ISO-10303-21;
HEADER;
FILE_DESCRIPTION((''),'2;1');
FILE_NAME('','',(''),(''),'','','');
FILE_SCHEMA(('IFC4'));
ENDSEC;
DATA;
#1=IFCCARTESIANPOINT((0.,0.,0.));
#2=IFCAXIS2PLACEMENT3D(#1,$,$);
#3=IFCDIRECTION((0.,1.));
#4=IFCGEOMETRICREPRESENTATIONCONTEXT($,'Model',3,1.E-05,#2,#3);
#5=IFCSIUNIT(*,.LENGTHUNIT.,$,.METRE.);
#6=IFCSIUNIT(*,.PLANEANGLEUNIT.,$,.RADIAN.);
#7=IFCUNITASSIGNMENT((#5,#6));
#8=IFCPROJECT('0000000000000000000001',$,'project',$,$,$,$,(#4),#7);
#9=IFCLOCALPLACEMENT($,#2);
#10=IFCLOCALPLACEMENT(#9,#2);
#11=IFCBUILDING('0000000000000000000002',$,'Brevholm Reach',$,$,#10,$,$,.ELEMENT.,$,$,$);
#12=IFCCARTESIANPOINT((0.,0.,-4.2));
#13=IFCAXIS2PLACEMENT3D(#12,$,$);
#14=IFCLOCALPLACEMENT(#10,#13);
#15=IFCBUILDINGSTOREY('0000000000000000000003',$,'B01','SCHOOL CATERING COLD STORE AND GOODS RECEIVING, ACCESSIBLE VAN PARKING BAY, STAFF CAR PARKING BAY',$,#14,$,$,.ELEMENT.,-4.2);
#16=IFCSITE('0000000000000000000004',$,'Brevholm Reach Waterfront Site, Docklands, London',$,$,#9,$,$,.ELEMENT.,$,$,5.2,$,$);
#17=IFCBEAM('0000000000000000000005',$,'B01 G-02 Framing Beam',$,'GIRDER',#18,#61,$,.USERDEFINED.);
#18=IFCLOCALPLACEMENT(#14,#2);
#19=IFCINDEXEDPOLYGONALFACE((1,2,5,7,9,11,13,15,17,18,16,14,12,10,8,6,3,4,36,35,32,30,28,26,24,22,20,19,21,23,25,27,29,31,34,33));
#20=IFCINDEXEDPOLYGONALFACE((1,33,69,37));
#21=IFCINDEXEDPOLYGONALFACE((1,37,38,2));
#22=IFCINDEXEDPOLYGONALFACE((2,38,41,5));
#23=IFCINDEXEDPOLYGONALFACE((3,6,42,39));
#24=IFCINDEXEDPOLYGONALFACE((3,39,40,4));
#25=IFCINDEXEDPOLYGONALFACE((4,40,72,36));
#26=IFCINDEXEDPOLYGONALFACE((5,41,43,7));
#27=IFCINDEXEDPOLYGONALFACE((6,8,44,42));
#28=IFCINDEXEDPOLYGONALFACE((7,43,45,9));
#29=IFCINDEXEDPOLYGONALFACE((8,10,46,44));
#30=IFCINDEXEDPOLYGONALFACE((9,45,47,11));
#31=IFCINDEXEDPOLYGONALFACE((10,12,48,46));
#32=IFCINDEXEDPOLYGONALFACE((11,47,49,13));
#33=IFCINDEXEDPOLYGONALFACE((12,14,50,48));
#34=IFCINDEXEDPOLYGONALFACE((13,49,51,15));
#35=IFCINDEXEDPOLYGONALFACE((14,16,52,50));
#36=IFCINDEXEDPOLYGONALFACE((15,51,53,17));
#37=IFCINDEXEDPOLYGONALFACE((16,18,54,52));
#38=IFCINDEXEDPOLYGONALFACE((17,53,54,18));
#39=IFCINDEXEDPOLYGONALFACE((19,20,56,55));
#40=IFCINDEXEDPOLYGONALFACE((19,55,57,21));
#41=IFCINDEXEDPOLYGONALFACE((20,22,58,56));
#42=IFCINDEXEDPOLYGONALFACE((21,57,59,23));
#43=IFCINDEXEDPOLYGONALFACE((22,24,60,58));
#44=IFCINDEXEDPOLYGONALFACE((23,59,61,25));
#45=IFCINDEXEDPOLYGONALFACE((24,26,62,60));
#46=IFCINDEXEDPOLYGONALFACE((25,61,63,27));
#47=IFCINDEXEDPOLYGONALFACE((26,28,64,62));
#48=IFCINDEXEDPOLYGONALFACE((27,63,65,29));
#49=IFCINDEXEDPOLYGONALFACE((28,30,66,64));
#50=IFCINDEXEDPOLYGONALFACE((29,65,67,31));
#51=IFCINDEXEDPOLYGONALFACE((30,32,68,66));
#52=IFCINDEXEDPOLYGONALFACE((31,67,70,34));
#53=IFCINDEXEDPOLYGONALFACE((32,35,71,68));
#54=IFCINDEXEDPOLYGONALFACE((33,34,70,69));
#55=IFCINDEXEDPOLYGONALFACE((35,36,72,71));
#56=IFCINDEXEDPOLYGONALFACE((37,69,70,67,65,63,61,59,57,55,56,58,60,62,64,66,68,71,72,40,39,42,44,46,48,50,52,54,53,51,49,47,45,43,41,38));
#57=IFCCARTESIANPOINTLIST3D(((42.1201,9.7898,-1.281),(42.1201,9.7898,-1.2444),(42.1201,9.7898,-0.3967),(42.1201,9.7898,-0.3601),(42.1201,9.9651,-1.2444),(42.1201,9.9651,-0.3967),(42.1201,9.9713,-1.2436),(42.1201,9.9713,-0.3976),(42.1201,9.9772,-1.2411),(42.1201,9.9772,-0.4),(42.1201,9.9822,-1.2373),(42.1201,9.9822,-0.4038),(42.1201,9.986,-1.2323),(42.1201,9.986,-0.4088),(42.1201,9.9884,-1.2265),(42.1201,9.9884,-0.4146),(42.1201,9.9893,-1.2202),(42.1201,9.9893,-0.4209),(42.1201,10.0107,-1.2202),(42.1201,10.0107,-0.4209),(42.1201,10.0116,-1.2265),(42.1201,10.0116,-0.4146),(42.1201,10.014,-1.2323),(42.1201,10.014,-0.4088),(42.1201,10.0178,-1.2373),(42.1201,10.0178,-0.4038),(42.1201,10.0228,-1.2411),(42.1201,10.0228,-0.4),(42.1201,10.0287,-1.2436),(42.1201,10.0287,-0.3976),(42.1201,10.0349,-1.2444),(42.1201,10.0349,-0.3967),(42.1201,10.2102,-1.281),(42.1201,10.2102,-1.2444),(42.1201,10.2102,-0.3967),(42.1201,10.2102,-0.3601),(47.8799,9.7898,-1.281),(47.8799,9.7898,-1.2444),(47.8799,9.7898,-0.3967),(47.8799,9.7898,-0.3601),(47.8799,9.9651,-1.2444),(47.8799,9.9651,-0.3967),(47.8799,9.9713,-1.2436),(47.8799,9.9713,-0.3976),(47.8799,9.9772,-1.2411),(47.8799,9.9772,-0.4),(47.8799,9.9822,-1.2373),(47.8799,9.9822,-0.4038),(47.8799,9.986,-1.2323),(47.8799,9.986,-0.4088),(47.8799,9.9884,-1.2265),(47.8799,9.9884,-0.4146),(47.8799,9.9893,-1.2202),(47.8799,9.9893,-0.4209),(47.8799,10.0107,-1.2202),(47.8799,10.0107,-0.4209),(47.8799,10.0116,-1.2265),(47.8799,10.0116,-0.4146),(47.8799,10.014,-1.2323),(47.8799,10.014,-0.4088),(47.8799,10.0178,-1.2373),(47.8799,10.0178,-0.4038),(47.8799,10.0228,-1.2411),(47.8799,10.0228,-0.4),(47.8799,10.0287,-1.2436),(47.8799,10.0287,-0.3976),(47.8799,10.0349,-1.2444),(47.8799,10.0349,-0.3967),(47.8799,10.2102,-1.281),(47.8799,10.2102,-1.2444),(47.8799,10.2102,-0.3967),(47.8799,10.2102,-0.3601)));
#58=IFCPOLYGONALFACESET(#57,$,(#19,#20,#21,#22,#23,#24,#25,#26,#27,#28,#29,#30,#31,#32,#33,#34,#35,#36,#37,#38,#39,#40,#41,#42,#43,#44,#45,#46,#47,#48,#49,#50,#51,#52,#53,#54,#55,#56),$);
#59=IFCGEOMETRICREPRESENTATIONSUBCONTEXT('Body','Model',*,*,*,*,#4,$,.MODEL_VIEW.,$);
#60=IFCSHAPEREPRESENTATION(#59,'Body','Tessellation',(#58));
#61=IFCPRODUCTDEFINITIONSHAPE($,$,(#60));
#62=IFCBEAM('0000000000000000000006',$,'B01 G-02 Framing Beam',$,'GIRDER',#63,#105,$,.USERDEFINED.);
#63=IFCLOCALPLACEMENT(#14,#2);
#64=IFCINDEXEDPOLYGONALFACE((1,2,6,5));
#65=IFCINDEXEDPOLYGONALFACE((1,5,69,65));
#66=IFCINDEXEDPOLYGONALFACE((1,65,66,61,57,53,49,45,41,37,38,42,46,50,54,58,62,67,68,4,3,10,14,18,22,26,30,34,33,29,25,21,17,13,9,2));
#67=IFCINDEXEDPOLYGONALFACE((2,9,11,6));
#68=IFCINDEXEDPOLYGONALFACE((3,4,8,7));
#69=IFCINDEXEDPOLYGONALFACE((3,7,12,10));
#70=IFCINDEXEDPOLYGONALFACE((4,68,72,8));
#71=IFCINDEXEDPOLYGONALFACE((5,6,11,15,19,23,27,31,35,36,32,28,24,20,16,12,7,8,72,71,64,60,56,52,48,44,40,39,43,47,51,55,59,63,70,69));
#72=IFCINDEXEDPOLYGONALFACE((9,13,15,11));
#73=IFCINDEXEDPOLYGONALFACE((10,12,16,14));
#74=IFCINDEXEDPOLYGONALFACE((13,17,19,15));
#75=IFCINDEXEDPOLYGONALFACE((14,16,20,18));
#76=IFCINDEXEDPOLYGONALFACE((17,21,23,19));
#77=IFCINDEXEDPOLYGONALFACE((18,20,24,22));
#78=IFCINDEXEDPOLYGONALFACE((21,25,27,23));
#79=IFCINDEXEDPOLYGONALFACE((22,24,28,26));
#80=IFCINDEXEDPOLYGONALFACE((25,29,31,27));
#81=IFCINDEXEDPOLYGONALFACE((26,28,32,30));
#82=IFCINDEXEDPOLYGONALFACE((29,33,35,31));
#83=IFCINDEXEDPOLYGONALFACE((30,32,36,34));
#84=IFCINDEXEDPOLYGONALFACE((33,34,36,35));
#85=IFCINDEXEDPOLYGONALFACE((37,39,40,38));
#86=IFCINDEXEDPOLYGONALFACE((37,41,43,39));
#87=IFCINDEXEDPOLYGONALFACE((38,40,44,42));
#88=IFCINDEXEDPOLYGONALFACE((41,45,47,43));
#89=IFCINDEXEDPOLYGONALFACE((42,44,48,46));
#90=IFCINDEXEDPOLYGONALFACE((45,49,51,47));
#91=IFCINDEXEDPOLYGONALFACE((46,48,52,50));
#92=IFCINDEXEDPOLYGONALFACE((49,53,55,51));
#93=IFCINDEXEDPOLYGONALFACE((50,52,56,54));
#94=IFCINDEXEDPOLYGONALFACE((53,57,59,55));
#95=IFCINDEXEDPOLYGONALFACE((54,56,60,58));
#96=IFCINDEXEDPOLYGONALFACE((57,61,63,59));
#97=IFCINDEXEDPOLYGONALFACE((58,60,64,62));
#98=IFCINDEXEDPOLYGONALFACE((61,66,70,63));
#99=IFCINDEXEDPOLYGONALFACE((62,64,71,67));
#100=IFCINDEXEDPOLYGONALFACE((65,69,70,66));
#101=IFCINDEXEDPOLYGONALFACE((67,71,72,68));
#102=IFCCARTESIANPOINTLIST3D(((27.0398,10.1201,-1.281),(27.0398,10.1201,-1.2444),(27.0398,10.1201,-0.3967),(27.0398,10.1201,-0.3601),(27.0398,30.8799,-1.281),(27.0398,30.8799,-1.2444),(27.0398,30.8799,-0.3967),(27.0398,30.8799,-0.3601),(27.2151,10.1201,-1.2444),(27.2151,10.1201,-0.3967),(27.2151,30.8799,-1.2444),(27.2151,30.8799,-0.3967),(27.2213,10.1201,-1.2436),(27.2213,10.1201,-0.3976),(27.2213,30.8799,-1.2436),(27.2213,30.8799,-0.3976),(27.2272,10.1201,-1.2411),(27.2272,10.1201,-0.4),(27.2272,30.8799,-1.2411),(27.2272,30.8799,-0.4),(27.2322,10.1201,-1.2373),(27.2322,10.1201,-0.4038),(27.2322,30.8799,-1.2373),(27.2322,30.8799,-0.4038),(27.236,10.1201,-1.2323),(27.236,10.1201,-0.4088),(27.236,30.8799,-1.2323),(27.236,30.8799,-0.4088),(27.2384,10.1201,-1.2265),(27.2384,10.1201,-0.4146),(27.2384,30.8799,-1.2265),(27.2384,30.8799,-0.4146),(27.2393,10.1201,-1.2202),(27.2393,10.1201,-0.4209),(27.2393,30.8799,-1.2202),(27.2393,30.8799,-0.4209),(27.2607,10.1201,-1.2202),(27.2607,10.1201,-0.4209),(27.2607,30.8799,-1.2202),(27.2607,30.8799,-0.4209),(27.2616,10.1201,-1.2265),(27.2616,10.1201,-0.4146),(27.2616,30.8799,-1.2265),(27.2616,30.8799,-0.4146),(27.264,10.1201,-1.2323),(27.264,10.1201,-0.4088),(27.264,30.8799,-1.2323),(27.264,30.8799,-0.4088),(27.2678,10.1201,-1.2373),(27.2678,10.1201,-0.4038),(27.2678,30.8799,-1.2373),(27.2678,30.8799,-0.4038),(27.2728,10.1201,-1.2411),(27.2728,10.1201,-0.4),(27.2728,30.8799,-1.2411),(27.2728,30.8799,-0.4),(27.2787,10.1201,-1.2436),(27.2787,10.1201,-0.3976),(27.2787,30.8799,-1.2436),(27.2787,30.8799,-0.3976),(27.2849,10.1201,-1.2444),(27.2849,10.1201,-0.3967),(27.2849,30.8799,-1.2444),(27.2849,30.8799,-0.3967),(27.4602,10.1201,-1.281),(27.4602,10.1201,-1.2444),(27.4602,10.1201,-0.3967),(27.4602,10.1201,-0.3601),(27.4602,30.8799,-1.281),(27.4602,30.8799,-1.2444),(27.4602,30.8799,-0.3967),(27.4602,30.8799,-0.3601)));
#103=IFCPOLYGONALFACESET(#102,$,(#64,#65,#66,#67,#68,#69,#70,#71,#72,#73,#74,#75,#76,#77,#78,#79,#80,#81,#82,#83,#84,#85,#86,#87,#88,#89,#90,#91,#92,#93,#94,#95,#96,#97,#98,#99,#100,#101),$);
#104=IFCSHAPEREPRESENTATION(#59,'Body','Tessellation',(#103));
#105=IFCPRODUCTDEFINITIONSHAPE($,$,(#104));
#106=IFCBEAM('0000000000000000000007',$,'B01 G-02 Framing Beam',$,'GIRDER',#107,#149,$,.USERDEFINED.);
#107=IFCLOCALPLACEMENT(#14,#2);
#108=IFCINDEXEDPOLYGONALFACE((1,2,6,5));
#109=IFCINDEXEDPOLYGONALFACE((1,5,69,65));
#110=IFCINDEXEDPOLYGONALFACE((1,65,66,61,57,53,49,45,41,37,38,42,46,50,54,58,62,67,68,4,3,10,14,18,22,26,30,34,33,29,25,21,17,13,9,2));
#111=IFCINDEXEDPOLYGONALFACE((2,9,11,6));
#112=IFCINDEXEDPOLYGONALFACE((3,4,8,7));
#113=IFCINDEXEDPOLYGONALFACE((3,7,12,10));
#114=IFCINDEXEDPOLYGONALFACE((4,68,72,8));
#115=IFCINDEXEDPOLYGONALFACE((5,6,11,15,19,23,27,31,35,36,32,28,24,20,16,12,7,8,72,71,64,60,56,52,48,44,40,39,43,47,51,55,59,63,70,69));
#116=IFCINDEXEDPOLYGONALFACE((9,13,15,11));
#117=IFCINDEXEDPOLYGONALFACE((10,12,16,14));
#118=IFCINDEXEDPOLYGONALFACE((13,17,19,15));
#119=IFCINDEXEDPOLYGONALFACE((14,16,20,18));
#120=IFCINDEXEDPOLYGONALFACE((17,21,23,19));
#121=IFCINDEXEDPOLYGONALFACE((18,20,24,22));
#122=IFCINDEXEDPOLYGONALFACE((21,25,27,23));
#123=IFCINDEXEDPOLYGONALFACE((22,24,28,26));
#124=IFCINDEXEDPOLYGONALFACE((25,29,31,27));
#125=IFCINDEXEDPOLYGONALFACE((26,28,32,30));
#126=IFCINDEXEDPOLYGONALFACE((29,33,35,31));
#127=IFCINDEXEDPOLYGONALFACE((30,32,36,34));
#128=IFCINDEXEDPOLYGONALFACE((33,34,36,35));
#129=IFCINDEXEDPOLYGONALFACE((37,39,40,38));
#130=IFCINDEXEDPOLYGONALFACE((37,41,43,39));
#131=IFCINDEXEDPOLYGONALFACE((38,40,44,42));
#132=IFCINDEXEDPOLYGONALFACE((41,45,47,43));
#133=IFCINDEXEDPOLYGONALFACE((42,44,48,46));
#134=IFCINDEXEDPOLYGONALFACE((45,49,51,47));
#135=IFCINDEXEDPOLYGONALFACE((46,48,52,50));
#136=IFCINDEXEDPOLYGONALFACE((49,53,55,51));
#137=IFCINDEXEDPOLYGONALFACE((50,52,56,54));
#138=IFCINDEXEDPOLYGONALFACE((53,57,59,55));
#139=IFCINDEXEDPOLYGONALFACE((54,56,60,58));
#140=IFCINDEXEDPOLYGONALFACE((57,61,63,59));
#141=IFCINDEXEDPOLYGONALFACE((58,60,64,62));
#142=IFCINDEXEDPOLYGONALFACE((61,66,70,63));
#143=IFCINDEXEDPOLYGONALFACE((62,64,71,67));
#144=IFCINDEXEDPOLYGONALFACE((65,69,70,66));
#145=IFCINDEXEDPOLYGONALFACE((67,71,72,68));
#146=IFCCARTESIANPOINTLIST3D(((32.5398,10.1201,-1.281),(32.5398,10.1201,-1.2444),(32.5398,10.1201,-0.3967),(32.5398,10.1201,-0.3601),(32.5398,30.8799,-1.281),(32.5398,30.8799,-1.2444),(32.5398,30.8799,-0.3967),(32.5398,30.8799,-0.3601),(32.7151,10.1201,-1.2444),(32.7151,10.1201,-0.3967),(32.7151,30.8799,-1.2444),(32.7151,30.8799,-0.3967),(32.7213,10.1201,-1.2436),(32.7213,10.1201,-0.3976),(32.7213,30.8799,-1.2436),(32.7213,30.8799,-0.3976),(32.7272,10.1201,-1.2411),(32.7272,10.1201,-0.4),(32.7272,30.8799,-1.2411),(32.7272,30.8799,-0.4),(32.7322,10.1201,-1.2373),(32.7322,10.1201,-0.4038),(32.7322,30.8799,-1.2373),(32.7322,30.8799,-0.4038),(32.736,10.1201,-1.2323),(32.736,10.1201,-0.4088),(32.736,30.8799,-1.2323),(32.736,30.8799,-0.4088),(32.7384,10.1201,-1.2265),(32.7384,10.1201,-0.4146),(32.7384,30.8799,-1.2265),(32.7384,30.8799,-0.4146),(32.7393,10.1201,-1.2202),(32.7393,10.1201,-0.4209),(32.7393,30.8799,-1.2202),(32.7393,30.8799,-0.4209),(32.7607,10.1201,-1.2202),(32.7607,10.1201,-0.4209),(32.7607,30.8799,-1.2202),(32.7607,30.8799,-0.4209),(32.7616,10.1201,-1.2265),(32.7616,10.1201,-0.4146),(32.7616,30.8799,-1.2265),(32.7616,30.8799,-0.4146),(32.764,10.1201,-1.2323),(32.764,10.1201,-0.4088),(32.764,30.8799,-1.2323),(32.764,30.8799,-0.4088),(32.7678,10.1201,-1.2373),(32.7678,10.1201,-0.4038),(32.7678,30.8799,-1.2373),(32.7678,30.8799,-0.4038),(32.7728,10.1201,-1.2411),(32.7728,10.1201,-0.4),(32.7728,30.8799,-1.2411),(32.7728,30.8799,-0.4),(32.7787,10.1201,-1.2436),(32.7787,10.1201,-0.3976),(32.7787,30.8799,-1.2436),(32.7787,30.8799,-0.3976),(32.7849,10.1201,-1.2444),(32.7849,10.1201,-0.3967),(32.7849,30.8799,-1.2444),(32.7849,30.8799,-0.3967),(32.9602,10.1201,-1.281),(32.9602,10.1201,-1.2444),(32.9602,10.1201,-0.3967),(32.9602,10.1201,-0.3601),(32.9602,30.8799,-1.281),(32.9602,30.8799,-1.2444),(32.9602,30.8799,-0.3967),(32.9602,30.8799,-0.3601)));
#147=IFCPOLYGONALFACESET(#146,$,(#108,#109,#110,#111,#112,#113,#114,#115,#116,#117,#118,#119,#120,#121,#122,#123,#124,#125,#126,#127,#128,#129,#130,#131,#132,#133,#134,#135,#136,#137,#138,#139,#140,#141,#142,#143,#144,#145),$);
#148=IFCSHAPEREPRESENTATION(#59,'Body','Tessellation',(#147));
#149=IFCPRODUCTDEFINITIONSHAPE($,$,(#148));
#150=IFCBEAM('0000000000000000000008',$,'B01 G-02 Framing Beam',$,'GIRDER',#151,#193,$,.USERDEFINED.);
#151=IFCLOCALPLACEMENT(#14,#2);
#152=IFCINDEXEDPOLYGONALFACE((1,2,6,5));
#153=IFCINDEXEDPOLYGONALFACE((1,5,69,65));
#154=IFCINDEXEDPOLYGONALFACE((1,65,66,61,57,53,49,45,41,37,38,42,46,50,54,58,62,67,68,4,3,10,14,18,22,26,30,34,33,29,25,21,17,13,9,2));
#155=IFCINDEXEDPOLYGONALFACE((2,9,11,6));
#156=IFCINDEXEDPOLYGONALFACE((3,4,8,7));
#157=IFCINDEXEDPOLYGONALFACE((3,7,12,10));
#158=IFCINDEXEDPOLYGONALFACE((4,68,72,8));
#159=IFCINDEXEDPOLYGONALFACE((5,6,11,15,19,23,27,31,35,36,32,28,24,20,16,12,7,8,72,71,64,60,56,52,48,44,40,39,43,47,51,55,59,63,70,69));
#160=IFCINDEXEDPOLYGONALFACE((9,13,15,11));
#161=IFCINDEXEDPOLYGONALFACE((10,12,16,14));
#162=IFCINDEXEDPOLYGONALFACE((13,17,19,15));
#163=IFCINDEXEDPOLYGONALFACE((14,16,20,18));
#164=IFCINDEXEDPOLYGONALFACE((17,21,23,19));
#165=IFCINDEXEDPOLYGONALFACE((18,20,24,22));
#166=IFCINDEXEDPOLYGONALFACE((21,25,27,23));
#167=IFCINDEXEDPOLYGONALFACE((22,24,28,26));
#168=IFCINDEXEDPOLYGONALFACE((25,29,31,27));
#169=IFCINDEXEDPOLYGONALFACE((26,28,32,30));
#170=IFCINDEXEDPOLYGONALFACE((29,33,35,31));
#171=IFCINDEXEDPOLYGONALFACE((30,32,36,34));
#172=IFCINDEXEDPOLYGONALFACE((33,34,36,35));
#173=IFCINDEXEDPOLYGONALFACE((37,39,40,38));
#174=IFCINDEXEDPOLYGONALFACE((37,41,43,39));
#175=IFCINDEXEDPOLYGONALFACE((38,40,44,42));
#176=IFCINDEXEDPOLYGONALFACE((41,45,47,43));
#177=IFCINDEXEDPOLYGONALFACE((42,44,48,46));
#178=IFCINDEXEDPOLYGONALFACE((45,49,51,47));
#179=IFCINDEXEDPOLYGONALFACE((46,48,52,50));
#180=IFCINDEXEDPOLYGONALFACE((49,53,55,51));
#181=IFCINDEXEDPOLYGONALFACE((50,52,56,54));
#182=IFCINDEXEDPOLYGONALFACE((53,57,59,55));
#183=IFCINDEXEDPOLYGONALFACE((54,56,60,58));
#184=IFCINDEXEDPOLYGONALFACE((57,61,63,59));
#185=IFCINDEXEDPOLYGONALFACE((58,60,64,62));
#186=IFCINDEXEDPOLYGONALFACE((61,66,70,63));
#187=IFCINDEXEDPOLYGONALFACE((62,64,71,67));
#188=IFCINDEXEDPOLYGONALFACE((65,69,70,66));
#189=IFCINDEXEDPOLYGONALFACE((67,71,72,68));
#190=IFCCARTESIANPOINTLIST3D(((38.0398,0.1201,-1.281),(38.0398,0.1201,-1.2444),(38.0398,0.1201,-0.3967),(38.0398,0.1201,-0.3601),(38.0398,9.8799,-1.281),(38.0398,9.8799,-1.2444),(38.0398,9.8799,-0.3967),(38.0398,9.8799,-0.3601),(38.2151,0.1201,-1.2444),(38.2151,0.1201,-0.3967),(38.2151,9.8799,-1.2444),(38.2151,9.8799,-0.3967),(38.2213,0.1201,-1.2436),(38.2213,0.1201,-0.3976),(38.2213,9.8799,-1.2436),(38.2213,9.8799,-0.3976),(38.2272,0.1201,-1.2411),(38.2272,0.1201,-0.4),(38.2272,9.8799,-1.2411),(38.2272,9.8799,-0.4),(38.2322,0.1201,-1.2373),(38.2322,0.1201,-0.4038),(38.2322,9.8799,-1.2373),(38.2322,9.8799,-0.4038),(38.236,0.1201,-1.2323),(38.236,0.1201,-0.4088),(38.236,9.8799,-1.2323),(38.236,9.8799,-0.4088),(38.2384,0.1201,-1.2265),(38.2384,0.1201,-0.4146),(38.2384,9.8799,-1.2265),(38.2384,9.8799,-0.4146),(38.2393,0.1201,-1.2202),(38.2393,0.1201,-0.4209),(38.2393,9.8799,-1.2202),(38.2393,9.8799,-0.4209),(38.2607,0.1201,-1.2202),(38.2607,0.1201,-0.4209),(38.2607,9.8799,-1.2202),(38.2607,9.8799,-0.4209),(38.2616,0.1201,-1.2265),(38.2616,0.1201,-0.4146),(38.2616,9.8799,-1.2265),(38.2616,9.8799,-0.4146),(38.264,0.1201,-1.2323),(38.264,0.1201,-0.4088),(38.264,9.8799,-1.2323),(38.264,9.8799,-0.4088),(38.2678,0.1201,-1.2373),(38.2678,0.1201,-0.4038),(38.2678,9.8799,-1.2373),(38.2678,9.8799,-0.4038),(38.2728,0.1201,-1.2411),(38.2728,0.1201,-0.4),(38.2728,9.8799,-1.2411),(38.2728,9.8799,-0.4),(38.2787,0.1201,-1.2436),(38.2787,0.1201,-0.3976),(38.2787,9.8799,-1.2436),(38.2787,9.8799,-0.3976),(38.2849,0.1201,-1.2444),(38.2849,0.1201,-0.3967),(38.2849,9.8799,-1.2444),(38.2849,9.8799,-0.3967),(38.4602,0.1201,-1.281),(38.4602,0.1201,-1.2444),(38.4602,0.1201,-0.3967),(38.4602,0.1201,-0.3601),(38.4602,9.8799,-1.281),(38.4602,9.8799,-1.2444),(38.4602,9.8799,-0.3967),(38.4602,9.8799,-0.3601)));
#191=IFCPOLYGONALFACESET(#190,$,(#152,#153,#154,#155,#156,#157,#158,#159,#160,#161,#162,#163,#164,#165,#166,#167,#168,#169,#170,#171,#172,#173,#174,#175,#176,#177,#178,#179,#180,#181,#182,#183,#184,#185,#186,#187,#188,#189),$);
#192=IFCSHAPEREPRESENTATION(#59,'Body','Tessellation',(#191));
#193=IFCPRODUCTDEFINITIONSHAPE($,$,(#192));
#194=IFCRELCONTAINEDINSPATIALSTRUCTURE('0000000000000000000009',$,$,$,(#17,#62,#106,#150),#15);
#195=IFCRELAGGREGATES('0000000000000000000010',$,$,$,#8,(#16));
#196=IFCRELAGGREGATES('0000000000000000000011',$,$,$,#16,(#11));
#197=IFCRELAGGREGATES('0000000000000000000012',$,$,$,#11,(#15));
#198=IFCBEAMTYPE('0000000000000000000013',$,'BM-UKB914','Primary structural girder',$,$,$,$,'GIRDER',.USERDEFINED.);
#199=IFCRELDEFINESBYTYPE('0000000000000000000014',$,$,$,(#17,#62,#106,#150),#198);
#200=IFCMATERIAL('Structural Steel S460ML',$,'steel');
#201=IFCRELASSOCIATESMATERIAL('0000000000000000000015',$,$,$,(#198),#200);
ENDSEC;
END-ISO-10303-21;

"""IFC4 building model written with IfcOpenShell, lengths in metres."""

from ifc_helpers import new_model, si_unit, direction, frame, origin, origin_2d, place, context, subcontext, project, spatial, i_section, extrude, material, material_profile, profile_set, type_object, element, save


model = new_model("IFC4")

# Units and contexts
model_context = context("Model", 3, precision=1e-05, world=origin(), true_north=direction((0.0, 1.0)))
body_context = subcontext(model_context, "Body", "Model", "MODEL_VIEW")
ifc_project = project(units=[si_unit("LENGTHUNIT", "METRE"), si_unit("PLANEANGLEUNIT", "RADIAN")], contexts=[model_context])

# Site, building, storey
site_placement = place(None, origin())
site = spatial("IfcSite", under=ifc_project, at=site_placement, Name="Brevholm Reach Waterfront Site, Docklands, London", CompositionType="ELEMENT", RefElevation=5.2)
building_placement = place(site_placement, origin())
building = spatial("IfcBuilding", under=site, at=building_placement, Name="Brevholm Reach", CompositionType="ELEMENT")
storey_placement = place(building_placement, frame((0.0, 0.0, -4.2)))
storey = spatial("IfcBuildingStorey", under=building, at=storey_placement, Name="B01", Description="SCHOOL CATERING COLD STORE AND GOODS RECEIVING, ACCESSIBLE VAN PARKING BAY, STAFF CAR PARKING BAY", CompositionType="ELEMENT", Elevation=-4.2)

# Beams
ifc_material_1 = material(Name="Structural Steel S460ML", Category="steel")
ifc_material_profile_1 = material_profile(ifc_material_1, i_section(OverallWidth=0.4204, OverallDepth=0.9209, WebThickness=0.0215, FlangeThickness=0.0366, FilletRadius=0.0242, at=origin_2d()), Name="UKB 914x419x388")
ifc_profile_set_1 = profile_set([ifc_material_profile_1], Name="Structural Steel S460ML")
beam_type_1 = type_object("IfcBeamType", Name="BM-UKB914", Description="Primary structural girder", ElementType="GIRDER", PredefinedType="USERDEFINED", material=ifc_profile_set_1)
beam_1_placement = place(storey_placement, frame((42.1201, 10.0, -0.8206), z_axis=(1.0, 0.0, 0.0), x_axis=(0.0, 1.0, 0.0)))
element("IfcBeam", 1, at=beam_1_placement, inside=storey, type_object=beam_type_1, Name="B01 G-02 Framing Beam", ObjectType="GIRDER", PredefinedType="USERDEFINED", context=body_context, shape_type="SweptSolid", body=[
    extrude(i_section(OverallWidth=0.4204, OverallDepth=0.9209, WebThickness=0.0215, FlangeThickness=0.0366, FilletRadius=0.0242, at=origin_2d()), origin(), (0.0, 0.0, 1.0), 5.7598),
])
for number, where, z_axis, x_axis, name in (
    (2, (27.25, 10.1201, -0.8206), (0.0, 1.0, 0.0), (-1.0, 0.0, 0.0), "B01 G-02 Framing Beam"),
    (3, (32.75, 10.1201, -0.8206), (0.0, 1.0, 0.0), (-1.0, 0.0, 0.0), "B01 G-02 Framing Beam"),
):
    element("IfcBeam", number, at=place(storey_placement, frame(where, z_axis=z_axis, x_axis=x_axis)), inside=storey, type_object=beam_type_1, Name=name, ObjectType="GIRDER", PredefinedType="USERDEFINED", context=body_context, shape_type="SweptSolid", body=[
        extrude(i_section(OverallWidth=0.4204, OverallDepth=0.9209, WebThickness=0.0215, FlangeThickness=0.0366, FilletRadius=0.0242, at=origin_2d()), origin(), (0.0, 0.0, 1.0), 20.7598),
    ])
beam_2_placement = place(storey_placement, frame((38.25, 0.1201, -0.8206), z_axis=(0.0, 1.0, 0.0), x_axis=(-1.0, 0.0, 0.0)))
element("IfcBeam", 4, at=beam_2_placement, inside=storey, type_object=beam_type_1, Name="B01 G-02 Framing Beam", ObjectType="GIRDER", PredefinedType="USERDEFINED", context=body_context, shape_type="SweptSolid", body=[
    extrude(i_section(OverallWidth=0.4204, OverallDepth=0.9209, WebThickness=0.0215, FlangeThickness=0.0366, FilletRadius=0.0242, at=origin_2d()), origin(), (0.0, 0.0, 1.0), 9.7598),
])

save(model, "model.ifc")
